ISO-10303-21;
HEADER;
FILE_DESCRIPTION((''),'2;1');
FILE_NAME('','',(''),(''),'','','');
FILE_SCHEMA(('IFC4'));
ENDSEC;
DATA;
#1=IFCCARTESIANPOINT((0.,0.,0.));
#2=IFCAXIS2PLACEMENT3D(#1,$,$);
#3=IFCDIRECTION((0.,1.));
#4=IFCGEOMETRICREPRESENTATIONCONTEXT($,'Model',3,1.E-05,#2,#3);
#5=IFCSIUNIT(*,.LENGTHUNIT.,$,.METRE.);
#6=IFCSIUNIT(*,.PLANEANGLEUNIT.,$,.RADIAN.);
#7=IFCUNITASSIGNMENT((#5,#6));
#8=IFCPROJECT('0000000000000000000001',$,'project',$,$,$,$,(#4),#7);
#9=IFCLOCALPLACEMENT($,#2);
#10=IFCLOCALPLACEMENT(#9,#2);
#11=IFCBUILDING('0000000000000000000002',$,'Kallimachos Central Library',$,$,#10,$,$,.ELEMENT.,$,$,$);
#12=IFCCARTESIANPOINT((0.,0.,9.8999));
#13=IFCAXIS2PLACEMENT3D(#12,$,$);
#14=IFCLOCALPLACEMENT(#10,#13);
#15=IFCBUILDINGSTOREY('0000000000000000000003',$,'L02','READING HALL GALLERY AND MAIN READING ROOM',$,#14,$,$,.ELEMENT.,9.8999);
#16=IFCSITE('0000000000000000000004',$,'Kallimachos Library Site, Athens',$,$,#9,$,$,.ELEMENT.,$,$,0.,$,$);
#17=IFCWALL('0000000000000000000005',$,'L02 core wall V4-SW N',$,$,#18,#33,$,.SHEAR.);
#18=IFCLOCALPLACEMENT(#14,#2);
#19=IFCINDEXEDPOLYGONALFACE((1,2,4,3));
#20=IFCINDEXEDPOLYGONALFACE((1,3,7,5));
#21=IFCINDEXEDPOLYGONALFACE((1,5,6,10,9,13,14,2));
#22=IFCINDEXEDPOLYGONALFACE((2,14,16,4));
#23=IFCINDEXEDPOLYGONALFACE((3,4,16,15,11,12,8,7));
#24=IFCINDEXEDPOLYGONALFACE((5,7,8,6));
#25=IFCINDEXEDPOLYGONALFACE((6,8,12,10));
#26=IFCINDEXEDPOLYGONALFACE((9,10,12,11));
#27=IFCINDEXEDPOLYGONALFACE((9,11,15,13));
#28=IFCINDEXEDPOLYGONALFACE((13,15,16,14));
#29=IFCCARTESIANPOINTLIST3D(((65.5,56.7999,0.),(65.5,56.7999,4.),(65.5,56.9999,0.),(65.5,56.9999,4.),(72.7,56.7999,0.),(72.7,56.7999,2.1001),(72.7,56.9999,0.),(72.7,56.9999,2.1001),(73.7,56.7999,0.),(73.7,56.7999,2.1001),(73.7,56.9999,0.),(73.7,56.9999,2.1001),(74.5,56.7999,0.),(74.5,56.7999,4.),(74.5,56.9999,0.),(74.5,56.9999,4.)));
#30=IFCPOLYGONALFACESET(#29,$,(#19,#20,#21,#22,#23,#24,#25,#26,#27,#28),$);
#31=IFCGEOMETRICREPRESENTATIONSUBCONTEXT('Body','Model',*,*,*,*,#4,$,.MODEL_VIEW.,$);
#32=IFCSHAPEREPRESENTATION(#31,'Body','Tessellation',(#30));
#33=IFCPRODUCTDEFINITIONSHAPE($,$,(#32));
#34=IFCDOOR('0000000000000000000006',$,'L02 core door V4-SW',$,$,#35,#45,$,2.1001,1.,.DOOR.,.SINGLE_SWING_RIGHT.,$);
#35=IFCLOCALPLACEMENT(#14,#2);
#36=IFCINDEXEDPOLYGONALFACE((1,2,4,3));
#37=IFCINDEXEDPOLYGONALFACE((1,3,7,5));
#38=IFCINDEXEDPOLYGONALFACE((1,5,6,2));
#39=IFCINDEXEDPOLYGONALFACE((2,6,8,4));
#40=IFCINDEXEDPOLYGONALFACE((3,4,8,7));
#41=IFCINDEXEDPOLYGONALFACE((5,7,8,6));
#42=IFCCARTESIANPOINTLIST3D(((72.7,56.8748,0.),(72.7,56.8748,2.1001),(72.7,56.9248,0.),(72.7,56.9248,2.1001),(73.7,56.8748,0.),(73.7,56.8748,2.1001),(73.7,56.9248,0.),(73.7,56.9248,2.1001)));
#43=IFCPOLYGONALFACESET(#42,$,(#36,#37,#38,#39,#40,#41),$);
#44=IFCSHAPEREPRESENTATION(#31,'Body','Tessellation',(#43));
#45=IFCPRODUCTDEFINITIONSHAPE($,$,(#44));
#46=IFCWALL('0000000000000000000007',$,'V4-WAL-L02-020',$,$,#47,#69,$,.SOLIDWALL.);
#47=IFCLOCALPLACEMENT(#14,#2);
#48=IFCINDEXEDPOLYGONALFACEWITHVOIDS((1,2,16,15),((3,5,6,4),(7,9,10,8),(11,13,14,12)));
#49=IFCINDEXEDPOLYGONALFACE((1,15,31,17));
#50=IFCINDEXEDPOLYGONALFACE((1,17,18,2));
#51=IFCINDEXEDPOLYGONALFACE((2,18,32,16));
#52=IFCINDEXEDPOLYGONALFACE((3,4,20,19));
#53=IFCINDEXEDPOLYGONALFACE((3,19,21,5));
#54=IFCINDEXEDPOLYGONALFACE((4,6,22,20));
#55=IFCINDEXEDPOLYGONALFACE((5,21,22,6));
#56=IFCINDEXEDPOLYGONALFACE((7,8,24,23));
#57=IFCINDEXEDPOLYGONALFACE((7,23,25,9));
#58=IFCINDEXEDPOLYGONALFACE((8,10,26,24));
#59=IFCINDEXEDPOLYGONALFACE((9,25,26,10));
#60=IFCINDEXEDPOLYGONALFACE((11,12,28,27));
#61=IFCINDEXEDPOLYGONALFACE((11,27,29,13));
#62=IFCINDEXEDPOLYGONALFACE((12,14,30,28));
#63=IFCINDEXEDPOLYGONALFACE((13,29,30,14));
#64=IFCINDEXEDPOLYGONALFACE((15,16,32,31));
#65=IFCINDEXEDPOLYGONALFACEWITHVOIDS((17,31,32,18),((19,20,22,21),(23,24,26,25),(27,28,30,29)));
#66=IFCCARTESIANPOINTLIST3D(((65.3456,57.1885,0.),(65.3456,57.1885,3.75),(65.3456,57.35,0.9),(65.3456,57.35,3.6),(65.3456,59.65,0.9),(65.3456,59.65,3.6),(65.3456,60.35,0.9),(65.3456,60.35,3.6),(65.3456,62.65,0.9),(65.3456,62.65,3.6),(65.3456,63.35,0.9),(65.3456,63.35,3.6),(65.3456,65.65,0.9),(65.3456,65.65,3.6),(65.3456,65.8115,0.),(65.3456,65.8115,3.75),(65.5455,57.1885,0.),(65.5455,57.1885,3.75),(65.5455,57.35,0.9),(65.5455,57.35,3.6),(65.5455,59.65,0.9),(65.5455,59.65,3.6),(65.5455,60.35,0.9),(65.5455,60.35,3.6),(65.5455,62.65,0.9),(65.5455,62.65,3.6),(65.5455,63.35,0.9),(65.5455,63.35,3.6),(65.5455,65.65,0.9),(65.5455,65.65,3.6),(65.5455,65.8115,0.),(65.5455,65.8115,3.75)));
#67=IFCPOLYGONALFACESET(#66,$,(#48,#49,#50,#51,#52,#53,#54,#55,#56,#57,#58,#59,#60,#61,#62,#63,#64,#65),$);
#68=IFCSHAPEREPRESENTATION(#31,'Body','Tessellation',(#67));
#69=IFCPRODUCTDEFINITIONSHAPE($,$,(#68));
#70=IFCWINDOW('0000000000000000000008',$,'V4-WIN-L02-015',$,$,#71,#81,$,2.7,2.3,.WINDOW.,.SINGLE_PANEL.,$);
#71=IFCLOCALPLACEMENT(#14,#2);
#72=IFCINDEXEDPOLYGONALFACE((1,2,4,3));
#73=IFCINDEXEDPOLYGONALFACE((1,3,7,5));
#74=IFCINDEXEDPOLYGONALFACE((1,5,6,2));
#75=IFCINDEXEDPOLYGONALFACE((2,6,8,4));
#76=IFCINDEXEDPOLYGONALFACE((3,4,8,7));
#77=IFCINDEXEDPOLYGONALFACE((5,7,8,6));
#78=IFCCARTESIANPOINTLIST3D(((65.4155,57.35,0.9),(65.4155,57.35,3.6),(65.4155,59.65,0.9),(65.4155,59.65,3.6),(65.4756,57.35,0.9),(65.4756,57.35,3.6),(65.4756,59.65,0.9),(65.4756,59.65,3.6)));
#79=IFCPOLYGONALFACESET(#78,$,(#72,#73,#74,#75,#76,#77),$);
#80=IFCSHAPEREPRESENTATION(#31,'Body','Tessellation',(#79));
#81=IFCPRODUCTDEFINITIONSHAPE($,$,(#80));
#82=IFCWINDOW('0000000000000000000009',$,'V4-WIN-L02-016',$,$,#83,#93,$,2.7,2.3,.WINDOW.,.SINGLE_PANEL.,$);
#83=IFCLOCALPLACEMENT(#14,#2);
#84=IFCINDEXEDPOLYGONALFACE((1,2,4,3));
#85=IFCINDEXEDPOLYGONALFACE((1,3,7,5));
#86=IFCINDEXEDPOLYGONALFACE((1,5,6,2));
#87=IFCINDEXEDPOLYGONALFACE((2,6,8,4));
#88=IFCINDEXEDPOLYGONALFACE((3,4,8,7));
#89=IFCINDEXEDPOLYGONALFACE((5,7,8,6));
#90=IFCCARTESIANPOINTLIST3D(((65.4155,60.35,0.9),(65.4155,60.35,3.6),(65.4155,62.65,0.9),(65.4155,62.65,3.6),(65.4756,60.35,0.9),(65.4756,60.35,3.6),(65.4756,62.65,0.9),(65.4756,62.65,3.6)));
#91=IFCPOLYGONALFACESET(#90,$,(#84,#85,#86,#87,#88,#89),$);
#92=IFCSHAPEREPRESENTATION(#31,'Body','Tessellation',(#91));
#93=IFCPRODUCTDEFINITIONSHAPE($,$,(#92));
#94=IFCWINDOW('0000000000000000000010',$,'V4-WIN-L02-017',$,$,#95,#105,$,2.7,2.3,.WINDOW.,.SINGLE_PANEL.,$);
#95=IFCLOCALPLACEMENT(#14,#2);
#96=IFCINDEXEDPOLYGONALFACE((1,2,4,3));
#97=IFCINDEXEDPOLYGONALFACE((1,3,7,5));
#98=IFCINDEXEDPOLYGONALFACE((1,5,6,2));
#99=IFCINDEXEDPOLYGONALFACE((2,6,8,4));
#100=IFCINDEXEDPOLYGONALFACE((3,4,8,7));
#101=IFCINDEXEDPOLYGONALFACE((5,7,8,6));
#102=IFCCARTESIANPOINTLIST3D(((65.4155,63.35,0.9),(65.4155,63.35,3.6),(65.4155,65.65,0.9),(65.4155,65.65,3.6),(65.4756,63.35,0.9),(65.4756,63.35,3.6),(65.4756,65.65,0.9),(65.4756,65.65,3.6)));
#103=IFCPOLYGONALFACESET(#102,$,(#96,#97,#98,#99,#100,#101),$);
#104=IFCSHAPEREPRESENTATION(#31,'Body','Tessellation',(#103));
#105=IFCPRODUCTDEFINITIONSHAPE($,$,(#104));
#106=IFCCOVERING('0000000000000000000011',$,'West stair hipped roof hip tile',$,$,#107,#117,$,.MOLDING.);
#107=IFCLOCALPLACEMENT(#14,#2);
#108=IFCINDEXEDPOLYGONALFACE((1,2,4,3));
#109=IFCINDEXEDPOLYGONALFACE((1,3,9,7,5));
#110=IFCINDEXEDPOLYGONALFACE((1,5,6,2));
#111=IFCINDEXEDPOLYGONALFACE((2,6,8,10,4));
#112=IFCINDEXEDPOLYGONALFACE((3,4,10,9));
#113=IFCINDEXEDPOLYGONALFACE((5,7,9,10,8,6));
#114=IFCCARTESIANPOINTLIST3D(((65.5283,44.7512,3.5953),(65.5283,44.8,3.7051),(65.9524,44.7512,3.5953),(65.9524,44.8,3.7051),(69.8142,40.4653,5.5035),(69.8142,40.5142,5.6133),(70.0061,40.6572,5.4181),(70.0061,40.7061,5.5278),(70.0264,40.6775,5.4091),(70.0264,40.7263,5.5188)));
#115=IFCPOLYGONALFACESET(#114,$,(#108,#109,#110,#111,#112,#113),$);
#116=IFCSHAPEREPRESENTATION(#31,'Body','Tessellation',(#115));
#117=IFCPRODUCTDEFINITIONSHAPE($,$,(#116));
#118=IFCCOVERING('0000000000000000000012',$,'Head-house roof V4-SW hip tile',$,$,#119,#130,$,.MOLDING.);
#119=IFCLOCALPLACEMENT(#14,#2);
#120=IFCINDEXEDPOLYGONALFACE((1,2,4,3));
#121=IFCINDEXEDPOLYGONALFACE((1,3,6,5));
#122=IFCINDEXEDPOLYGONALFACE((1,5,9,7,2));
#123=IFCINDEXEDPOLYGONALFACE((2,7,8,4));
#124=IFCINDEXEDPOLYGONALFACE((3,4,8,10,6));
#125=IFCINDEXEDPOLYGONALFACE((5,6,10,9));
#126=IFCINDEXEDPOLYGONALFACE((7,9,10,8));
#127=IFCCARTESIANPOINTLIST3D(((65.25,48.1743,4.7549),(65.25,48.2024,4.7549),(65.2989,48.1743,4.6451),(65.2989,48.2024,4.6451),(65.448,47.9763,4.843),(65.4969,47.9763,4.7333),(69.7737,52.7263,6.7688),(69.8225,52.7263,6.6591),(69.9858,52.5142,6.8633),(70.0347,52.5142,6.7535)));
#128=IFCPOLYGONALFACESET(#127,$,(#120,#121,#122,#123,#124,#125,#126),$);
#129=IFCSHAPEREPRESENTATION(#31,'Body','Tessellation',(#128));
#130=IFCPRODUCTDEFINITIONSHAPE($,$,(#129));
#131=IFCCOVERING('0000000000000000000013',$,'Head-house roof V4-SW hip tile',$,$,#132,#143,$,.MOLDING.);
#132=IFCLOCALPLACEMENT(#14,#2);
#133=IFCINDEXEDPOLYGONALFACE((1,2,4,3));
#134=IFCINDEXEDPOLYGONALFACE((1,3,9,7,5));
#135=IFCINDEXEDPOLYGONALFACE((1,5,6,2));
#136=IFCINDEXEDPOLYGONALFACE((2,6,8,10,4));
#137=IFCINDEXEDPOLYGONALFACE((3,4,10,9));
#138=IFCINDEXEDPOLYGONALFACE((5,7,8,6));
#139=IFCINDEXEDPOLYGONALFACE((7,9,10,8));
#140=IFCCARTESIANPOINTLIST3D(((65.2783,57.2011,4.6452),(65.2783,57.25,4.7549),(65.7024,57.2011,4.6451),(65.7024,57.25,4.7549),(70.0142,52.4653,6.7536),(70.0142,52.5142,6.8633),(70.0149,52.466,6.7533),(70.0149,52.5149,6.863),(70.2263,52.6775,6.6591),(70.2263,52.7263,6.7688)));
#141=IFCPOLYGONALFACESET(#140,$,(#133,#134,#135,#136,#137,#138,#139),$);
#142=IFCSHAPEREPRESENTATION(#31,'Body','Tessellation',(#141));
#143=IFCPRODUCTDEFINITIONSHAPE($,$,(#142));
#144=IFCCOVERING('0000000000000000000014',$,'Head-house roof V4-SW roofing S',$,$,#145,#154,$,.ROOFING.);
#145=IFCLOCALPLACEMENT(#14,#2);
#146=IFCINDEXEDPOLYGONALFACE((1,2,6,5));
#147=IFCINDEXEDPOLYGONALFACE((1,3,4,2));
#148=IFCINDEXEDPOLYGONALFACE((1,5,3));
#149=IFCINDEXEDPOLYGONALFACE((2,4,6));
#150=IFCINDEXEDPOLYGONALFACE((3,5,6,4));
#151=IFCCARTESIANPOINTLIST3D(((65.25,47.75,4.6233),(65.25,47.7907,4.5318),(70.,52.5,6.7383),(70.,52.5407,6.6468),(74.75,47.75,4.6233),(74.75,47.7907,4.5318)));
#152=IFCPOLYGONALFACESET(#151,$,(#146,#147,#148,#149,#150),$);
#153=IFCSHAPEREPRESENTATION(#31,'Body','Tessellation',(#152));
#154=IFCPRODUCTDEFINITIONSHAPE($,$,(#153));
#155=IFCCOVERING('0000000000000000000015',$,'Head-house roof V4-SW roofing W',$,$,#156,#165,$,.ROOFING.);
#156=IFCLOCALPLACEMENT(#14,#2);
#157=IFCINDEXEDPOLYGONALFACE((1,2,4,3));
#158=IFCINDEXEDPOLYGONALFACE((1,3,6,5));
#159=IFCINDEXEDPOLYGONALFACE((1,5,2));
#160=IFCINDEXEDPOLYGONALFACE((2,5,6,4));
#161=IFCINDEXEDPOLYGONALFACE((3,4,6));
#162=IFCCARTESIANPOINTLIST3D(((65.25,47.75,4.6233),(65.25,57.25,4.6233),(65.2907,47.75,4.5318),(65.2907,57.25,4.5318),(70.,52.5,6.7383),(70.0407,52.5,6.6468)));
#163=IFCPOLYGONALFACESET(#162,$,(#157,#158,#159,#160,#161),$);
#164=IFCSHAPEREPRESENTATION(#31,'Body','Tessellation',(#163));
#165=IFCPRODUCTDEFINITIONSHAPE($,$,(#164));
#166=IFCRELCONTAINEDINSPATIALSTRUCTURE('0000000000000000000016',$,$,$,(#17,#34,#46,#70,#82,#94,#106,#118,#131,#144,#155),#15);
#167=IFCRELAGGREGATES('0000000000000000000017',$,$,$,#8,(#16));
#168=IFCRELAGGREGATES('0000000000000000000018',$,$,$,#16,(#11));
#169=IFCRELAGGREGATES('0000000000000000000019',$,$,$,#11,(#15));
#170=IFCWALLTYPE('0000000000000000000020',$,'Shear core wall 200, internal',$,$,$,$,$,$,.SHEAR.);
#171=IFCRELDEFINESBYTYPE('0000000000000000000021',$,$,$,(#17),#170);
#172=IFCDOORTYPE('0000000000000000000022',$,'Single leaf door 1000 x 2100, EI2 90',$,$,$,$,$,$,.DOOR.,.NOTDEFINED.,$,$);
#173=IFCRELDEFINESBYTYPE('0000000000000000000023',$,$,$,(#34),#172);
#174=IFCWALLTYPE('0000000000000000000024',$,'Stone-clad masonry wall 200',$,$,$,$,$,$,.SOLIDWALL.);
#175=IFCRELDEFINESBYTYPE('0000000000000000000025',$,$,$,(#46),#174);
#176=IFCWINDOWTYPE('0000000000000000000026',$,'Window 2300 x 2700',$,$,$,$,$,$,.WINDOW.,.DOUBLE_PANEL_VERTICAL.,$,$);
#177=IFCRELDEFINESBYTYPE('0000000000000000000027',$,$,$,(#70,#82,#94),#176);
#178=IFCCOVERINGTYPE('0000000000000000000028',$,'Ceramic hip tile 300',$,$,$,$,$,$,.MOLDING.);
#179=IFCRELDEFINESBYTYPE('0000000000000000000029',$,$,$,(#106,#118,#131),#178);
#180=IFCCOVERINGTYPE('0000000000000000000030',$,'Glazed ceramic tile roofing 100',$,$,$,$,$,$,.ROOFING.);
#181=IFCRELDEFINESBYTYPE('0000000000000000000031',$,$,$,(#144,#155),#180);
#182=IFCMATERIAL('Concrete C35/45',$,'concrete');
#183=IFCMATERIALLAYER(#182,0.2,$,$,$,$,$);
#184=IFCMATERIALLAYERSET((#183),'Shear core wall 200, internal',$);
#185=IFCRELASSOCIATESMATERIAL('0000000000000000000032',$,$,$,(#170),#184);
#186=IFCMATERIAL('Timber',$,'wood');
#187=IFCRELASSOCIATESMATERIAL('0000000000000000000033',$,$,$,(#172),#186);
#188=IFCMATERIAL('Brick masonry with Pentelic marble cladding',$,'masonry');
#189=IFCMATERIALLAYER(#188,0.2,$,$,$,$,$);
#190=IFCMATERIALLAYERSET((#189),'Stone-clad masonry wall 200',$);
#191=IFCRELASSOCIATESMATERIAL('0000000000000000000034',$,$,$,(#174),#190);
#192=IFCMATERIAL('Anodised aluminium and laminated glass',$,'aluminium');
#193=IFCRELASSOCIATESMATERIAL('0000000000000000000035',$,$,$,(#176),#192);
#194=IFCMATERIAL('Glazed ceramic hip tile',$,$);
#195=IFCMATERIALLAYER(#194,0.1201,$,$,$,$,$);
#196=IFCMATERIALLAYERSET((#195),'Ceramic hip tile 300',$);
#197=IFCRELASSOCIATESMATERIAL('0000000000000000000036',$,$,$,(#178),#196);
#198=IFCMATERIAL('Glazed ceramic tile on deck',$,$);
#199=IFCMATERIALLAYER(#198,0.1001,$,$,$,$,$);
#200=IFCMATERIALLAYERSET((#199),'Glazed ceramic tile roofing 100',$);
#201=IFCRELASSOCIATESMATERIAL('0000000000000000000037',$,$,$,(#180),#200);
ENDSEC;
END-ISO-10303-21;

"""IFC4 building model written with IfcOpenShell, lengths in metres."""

from ifc_helpers import new_model, si_unit, direction, frame, frame_2d, origin, place, context, subcontext, project, spatial, polyline, rectangle, outline, extrude, material, layer, layer_set, type_object, element, fill, save


model = new_model("IFC4")

# Units and contexts
model_context = context("Model", 3, precision=1e-05, world=origin(), true_north=direction((0.0, 1.0)))
body_context = subcontext(model_context, "Body", "Model", "MODEL_VIEW")
ifc_project = project(units=[si_unit("LENGTHUNIT", "METRE"), si_unit("PLANEANGLEUNIT", "RADIAN")], contexts=[model_context])

# Site, building, storey
site_placement = place(None, origin())
site = spatial("IfcSite", under=ifc_project, at=site_placement, Name="Kallimachos Library Site, Athens", CompositionType="ELEMENT", RefElevation=0.0)
building_placement = place(site_placement, origin())
building = spatial("IfcBuilding", under=site, at=building_placement, Name="Kallimachos Central Library", CompositionType="ELEMENT")
storey_placement = place(building_placement, frame((0.0, 0.0, 9.8999)))
storey = spatial("IfcBuildingStorey", under=building, at=storey_placement, Name="L02", Description="READING HALL GALLERY AND MAIN READING ROOM", CompositionType="ELEMENT", Elevation=9.8999)

# Wall, opening, door
ifc_material_1 = material(Name="Concrete C35/45", Category="concrete")
ifc_layer_1 = layer(ifc_material_1, 0.2)
ifc_layer_set_1 = layer_set([ifc_layer_1], Name="Shear core wall 200, internal")
wall_type_1 = type_object("IfcWallType", Name="Shear core wall 200, internal", PredefinedType="SHEAR", material=ifc_layer_set_1)
wall_1_placement = place(storey_placement, frame((65.5, 56.8999, 0.0), z_axis=(0.0, 0.0, 1.0), x_axis=(1.0, 0.0, 0.0)))
wall_1 = element("IfcWall", 1, at=wall_1_placement, inside=storey, type_object=wall_type_1, Name="L02 core wall V4-SW N", PredefinedType="SHEAR", context=body_context, shape_type="SweptSolid", body=[
    extrude(rectangle(XDim=9.0, YDim=0.2, at=frame_2d((4.5, 0.0))), origin(), (0.0, 0.0, 1.0), 4.0),
])
opening_1_placement = place(wall_1_placement, frame((7.2, 0.0, 0.0)))
opening_1 = element("IfcOpeningElement", 2, at=opening_1_placement, cuts=wall_1, PredefinedType="OPENING", context=body_context, shape_type="SweptSolid", body=[
    extrude(rectangle(XDim=1.0, YDim=2.1001, at=frame_2d((0.5, 1.05))), frame((0.0, 0.1099, 0.0), z_axis=(0.0, -1.0, 0.0), x_axis=(1.0, 0.0, 0.0)), (0.0, 0.0, 1.0), 0.22),
])
ifc_material_2 = material(Name="Timber", Category="wood")
door_type = type_object("IfcDoorType", Name="Single leaf door 1000 x 2100, EI2 90", OperationType="NOTDEFINED", PredefinedType="DOOR", material=ifc_material_2)
door_placement = place(opening_1_placement, origin())
door = element("IfcDoor", 3, at=door_placement, inside=storey, type_object=door_type, Name="L02 core door V4-SW", OperationType="SINGLE_SWING_RIGHT", OverallHeight=2.1001, OverallWidth=1.0, PredefinedType="DOOR", context=body_context, shape_type="SweptSolid", body=[
    extrude(rectangle(XDim=1.0, YDim=2.1001, at=frame_2d((0.5, 1.05))), frame((0.0, 0.0249, 0.0), z_axis=(0.0, -1.0, 0.0), x_axis=(1.0, 0.0, 0.0)), (0.0, 0.0, 1.0), 0.05),
])
fill(opening_1, door)

# Wall, openings, windows
ifc_material_3 = material(Name="Brick masonry with Pentelic marble cladding", Category="masonry")
ifc_layer_2 = layer(ifc_material_3, 0.2)
ifc_layer_set_2 = layer_set([ifc_layer_2], Name="Stone-clad masonry wall 200")
wall_type_2 = type_object("IfcWallType", Name="Stone-clad masonry wall 200", PredefinedType="SOLIDWALL", material=ifc_layer_set_2)
wall_2_placement = place(storey_placement, frame((65.4456, 57.1885, 0.0), z_axis=(0.0, 0.0, 1.0), x_axis=(0.0, 1.0, 0.0)))
wall_2 = element("IfcWall", 4, at=wall_2_placement, inside=storey, type_object=wall_type_2, Name="V4-WAL-L02-020", PredefinedType="SOLIDWALL", context=body_context, shape_type="SweptSolid", body=[
    extrude(rectangle(XDim=8.623, YDim=0.2, at=frame_2d((4.3115, 0.0))), origin(), (0.0, 0.0, 1.0), 3.75),
])
opening_2_placement = place(wall_2_placement, frame((0.1616, 0.0, 0.8999)))
opening_2 = element("IfcOpeningElement", 5, at=opening_2_placement, cuts=wall_2, PredefinedType="OPENING", context=body_context, shape_type="SweptSolid", body=[
    extrude(rectangle(XDim=2.3, YDim=2.7, at=frame_2d((1.1499, 1.3501))), frame((0.0, 0.1099, 0.0), z_axis=(0.0, -1.0, 0.0), x_axis=(1.0, 0.0, 0.0)), (0.0, 0.0, 1.0), 0.22),
])
opening_3_placement = place(wall_2_placement, frame((3.1616, 0.0, 0.8999)))
opening_3 = element("IfcOpeningElement", 6, at=opening_3_placement, cuts=wall_2, PredefinedType="OPENING", context=body_context, shape_type="SweptSolid", body=[
    extrude(rectangle(XDim=2.3, YDim=2.7, at=frame_2d((1.1499, 1.3501))), frame((0.0, 0.1099, 0.0), z_axis=(0.0, -1.0, 0.0), x_axis=(1.0, 0.0, 0.0)), (0.0, 0.0, 1.0), 0.22),
])
opening_4_placement = place(wall_2_placement, frame((6.1616, 0.0, 0.8999)))
opening_4 = element("IfcOpeningElement", 7, at=opening_4_placement, cuts=wall_2, PredefinedType="OPENING", context=body_context, shape_type="SweptSolid", body=[
    extrude(rectangle(XDim=2.3, YDim=2.7, at=frame_2d((1.1499, 1.3501))), frame((0.0, 0.1099, 0.0), z_axis=(0.0, -1.0, 0.0), x_axis=(1.0, 0.0, 0.0)), (0.0, 0.0, 1.0), 0.22),
])
ifc_material_4 = material(Name="Anodised aluminium and laminated glass", Category="aluminium")
window_type = type_object("IfcWindowType", Name="Window 2300 x 2700", PartitioningType="DOUBLE_PANEL_VERTICAL", PredefinedType="WINDOW", material=ifc_material_4)
window_1_placement = place(opening_2_placement, origin())
window_1 = element("IfcWindow", 8, at=window_1_placement, inside=storey, type_object=window_type, Name="V4-WIN-L02-015", OverallHeight=2.7, OverallWidth=2.3, PartitioningType="SINGLE_PANEL", PredefinedType="WINDOW", context=body_context, shape_type="SweptSolid", body=[
    extrude(rectangle(XDim=2.3, YDim=2.7, at=frame_2d((1.1499, 1.3501))), frame((0.0, 0.03, 0.0), z_axis=(0.0, -1.0, 0.0), x_axis=(1.0, 0.0, 0.0)), (0.0, 0.0, 1.0), 0.0601),
])
fill(opening_2, window_1)
window_2_placement = place(opening_3_placement, origin())
window_2 = element("IfcWindow", 9, at=window_2_placement, inside=storey, type_object=window_type, Name="V4-WIN-L02-016", OverallHeight=2.7, OverallWidth=2.3, PartitioningType="SINGLE_PANEL", PredefinedType="WINDOW", context=body_context, shape_type="SweptSolid", body=[
    extrude(rectangle(XDim=2.3, YDim=2.7, at=frame_2d((1.1499, 1.3501))), frame((0.0, 0.03, 0.0), z_axis=(0.0, -1.0, 0.0), x_axis=(1.0, 0.0, 0.0)), (0.0, 0.0, 1.0), 0.0601),
])
fill(opening_3, window_2)
window_3_placement = place(opening_4_placement, origin())
window_3 = element("IfcWindow", 10, at=window_3_placement, inside=storey, type_object=window_type, Name="V4-WIN-L02-017", OverallHeight=2.7, OverallWidth=2.3, PartitioningType="SINGLE_PANEL", PredefinedType="WINDOW", context=body_context, shape_type="SweptSolid", body=[
    extrude(rectangle(XDim=2.3, YDim=2.7, at=frame_2d((1.1499, 1.3501))), frame((0.0, 0.03, 0.0), z_axis=(0.0, -1.0, 0.0), x_axis=(1.0, 0.0, 0.0)), (0.0, 0.0, 1.0), 0.0601),
])
fill(opening_4, window_3)

# Coverings
ifc_material_5 = material(Name="Glazed ceramic hip tile")
ifc_layer_3 = layer(ifc_material_5, 0.1201)
ifc_layer_set_3 = layer_set([ifc_layer_3], Name="Ceramic hip tile 300")
covering_type_1 = type_object("IfcCoveringType", Name="Ceramic hip tile 300", PredefinedType="MOLDING", material=ifc_layer_set_3)
covering_1_placement = place(storey_placement, frame((65.5283, 44.8, 3.7051), z_axis=(0.000025, 0.406757, 0.913536), x_axis=(1.0, -0.00001, -0.000023)))
element("IfcCovering", 11, at=covering_1_placement, inside=storey, type_object=covering_type_1, Name="West stair hipped roof hip tile", PredefinedType="MOLDING", context=body_context, shape_type="SweptSolid", body=[
    extrude(outline(polyline([(0.0, 0.0), (0.4241, 0.0), (4.498, -4.4592), (4.4778, -4.4814), (4.2859, -4.6915), (0.0, 0.0)])), origin(), (0.0, 0.0, -1.0), 0.1201),
])
covering_2_placement = place(storey_placement, frame((65.448, 47.9763, 4.843), z_axis=(-0.406728, 0.000017, 0.913549), x_axis=(-0.674458, 0.674485, -0.300293)))
element("IfcCovering", 12, at=covering_2_placement, inside=storey, type_object=covering_type_1, Name="Head-house roof V4-SW hip tile", PredefinedType="MOLDING", context=body_context, shape_type="SweptSolid", body=[
    extrude(outline(polyline([(0.0, 0.0), (0.2936, 0.0), (0.3125, -0.0207), (-0.292, -6.7006), (-0.6066, -6.7006), (0.0, 0.0)])), origin(), (0.0, 0.0, -1.0), 0.1201),
])
covering_3_placement = place(storey_placement, frame((65.2783, 57.25, 4.7549), z_axis=(0.000028, 0.406743, 0.913543), x_axis=(1.0, -0.000012, -0.000026)))
element("IfcCovering", 13, at=covering_3_placement, inside=storey, type_object=covering_type_1, Name="Head-house roof V4-SW hip tile", PredefinedType="MOLDING", context=body_context, shape_type="SweptSolid", body=[
    extrude(outline(polyline([(0.0, 0.0), (0.4241, 0.0), (4.948, -4.9517), (4.7366, -5.1832), (4.7358, -5.184), (0.0, 0.0)])), origin(), (0.0, 0.0, -1.0), 0.1201),
])
ifc_material_6 = material(Name="Glazed ceramic tile on deck")
ifc_layer_4 = layer(ifc_material_6, 0.1001)
ifc_layer_set_4 = layer_set([ifc_layer_4], Name="Glazed ceramic tile roofing 100")
covering_type_2 = type_object("IfcCoveringType", Name="Glazed ceramic tile roofing 100", PredefinedType="ROOFING", material=ifc_layer_set_4)
covering_4_placement = place(storey_placement, frame((65.25, 47.75, 4.6233), z_axis=(0.0, -0.406761, 0.913534), x_axis=(1.0, 0.0, 0.0)))
element("IfcCovering", 14, at=covering_4_placement, inside=storey, type_object=covering_type_2, Name="Head-house roof V4-SW roofing S", PredefinedType="ROOFING", context=body_context, shape_type="SweptSolid", body=[
    extrude(outline(polyline([(0.0, 0.0), (9.5, 0.0), (4.75, 5.1996), (0.0, 0.0)])), origin(), (0.0, 0.0, -1.0), 0.1001),
])
covering_5_placement = place(storey_placement, frame((65.25, 47.75, 4.6233), z_axis=(-0.406761, 0.0, 0.913534), x_axis=(0.674467, 0.674467, 0.300314)))
element("IfcCovering", 15, at=covering_5_placement, inside=storey, type_object=covering_type_2, Name="Head-house roof V4-SW roofing W", PredefinedType="ROOFING", context=body_context, shape_type="SweptSolid", body=[
    extrude(outline(polyline([(0.0, 0.0), (7.0426, 0.0), (6.4074, 7.0139), (0.0, 0.0)])), origin(), (0.0, 0.0, -1.0), 0.1001),
])

save(model, "model.ifc")
